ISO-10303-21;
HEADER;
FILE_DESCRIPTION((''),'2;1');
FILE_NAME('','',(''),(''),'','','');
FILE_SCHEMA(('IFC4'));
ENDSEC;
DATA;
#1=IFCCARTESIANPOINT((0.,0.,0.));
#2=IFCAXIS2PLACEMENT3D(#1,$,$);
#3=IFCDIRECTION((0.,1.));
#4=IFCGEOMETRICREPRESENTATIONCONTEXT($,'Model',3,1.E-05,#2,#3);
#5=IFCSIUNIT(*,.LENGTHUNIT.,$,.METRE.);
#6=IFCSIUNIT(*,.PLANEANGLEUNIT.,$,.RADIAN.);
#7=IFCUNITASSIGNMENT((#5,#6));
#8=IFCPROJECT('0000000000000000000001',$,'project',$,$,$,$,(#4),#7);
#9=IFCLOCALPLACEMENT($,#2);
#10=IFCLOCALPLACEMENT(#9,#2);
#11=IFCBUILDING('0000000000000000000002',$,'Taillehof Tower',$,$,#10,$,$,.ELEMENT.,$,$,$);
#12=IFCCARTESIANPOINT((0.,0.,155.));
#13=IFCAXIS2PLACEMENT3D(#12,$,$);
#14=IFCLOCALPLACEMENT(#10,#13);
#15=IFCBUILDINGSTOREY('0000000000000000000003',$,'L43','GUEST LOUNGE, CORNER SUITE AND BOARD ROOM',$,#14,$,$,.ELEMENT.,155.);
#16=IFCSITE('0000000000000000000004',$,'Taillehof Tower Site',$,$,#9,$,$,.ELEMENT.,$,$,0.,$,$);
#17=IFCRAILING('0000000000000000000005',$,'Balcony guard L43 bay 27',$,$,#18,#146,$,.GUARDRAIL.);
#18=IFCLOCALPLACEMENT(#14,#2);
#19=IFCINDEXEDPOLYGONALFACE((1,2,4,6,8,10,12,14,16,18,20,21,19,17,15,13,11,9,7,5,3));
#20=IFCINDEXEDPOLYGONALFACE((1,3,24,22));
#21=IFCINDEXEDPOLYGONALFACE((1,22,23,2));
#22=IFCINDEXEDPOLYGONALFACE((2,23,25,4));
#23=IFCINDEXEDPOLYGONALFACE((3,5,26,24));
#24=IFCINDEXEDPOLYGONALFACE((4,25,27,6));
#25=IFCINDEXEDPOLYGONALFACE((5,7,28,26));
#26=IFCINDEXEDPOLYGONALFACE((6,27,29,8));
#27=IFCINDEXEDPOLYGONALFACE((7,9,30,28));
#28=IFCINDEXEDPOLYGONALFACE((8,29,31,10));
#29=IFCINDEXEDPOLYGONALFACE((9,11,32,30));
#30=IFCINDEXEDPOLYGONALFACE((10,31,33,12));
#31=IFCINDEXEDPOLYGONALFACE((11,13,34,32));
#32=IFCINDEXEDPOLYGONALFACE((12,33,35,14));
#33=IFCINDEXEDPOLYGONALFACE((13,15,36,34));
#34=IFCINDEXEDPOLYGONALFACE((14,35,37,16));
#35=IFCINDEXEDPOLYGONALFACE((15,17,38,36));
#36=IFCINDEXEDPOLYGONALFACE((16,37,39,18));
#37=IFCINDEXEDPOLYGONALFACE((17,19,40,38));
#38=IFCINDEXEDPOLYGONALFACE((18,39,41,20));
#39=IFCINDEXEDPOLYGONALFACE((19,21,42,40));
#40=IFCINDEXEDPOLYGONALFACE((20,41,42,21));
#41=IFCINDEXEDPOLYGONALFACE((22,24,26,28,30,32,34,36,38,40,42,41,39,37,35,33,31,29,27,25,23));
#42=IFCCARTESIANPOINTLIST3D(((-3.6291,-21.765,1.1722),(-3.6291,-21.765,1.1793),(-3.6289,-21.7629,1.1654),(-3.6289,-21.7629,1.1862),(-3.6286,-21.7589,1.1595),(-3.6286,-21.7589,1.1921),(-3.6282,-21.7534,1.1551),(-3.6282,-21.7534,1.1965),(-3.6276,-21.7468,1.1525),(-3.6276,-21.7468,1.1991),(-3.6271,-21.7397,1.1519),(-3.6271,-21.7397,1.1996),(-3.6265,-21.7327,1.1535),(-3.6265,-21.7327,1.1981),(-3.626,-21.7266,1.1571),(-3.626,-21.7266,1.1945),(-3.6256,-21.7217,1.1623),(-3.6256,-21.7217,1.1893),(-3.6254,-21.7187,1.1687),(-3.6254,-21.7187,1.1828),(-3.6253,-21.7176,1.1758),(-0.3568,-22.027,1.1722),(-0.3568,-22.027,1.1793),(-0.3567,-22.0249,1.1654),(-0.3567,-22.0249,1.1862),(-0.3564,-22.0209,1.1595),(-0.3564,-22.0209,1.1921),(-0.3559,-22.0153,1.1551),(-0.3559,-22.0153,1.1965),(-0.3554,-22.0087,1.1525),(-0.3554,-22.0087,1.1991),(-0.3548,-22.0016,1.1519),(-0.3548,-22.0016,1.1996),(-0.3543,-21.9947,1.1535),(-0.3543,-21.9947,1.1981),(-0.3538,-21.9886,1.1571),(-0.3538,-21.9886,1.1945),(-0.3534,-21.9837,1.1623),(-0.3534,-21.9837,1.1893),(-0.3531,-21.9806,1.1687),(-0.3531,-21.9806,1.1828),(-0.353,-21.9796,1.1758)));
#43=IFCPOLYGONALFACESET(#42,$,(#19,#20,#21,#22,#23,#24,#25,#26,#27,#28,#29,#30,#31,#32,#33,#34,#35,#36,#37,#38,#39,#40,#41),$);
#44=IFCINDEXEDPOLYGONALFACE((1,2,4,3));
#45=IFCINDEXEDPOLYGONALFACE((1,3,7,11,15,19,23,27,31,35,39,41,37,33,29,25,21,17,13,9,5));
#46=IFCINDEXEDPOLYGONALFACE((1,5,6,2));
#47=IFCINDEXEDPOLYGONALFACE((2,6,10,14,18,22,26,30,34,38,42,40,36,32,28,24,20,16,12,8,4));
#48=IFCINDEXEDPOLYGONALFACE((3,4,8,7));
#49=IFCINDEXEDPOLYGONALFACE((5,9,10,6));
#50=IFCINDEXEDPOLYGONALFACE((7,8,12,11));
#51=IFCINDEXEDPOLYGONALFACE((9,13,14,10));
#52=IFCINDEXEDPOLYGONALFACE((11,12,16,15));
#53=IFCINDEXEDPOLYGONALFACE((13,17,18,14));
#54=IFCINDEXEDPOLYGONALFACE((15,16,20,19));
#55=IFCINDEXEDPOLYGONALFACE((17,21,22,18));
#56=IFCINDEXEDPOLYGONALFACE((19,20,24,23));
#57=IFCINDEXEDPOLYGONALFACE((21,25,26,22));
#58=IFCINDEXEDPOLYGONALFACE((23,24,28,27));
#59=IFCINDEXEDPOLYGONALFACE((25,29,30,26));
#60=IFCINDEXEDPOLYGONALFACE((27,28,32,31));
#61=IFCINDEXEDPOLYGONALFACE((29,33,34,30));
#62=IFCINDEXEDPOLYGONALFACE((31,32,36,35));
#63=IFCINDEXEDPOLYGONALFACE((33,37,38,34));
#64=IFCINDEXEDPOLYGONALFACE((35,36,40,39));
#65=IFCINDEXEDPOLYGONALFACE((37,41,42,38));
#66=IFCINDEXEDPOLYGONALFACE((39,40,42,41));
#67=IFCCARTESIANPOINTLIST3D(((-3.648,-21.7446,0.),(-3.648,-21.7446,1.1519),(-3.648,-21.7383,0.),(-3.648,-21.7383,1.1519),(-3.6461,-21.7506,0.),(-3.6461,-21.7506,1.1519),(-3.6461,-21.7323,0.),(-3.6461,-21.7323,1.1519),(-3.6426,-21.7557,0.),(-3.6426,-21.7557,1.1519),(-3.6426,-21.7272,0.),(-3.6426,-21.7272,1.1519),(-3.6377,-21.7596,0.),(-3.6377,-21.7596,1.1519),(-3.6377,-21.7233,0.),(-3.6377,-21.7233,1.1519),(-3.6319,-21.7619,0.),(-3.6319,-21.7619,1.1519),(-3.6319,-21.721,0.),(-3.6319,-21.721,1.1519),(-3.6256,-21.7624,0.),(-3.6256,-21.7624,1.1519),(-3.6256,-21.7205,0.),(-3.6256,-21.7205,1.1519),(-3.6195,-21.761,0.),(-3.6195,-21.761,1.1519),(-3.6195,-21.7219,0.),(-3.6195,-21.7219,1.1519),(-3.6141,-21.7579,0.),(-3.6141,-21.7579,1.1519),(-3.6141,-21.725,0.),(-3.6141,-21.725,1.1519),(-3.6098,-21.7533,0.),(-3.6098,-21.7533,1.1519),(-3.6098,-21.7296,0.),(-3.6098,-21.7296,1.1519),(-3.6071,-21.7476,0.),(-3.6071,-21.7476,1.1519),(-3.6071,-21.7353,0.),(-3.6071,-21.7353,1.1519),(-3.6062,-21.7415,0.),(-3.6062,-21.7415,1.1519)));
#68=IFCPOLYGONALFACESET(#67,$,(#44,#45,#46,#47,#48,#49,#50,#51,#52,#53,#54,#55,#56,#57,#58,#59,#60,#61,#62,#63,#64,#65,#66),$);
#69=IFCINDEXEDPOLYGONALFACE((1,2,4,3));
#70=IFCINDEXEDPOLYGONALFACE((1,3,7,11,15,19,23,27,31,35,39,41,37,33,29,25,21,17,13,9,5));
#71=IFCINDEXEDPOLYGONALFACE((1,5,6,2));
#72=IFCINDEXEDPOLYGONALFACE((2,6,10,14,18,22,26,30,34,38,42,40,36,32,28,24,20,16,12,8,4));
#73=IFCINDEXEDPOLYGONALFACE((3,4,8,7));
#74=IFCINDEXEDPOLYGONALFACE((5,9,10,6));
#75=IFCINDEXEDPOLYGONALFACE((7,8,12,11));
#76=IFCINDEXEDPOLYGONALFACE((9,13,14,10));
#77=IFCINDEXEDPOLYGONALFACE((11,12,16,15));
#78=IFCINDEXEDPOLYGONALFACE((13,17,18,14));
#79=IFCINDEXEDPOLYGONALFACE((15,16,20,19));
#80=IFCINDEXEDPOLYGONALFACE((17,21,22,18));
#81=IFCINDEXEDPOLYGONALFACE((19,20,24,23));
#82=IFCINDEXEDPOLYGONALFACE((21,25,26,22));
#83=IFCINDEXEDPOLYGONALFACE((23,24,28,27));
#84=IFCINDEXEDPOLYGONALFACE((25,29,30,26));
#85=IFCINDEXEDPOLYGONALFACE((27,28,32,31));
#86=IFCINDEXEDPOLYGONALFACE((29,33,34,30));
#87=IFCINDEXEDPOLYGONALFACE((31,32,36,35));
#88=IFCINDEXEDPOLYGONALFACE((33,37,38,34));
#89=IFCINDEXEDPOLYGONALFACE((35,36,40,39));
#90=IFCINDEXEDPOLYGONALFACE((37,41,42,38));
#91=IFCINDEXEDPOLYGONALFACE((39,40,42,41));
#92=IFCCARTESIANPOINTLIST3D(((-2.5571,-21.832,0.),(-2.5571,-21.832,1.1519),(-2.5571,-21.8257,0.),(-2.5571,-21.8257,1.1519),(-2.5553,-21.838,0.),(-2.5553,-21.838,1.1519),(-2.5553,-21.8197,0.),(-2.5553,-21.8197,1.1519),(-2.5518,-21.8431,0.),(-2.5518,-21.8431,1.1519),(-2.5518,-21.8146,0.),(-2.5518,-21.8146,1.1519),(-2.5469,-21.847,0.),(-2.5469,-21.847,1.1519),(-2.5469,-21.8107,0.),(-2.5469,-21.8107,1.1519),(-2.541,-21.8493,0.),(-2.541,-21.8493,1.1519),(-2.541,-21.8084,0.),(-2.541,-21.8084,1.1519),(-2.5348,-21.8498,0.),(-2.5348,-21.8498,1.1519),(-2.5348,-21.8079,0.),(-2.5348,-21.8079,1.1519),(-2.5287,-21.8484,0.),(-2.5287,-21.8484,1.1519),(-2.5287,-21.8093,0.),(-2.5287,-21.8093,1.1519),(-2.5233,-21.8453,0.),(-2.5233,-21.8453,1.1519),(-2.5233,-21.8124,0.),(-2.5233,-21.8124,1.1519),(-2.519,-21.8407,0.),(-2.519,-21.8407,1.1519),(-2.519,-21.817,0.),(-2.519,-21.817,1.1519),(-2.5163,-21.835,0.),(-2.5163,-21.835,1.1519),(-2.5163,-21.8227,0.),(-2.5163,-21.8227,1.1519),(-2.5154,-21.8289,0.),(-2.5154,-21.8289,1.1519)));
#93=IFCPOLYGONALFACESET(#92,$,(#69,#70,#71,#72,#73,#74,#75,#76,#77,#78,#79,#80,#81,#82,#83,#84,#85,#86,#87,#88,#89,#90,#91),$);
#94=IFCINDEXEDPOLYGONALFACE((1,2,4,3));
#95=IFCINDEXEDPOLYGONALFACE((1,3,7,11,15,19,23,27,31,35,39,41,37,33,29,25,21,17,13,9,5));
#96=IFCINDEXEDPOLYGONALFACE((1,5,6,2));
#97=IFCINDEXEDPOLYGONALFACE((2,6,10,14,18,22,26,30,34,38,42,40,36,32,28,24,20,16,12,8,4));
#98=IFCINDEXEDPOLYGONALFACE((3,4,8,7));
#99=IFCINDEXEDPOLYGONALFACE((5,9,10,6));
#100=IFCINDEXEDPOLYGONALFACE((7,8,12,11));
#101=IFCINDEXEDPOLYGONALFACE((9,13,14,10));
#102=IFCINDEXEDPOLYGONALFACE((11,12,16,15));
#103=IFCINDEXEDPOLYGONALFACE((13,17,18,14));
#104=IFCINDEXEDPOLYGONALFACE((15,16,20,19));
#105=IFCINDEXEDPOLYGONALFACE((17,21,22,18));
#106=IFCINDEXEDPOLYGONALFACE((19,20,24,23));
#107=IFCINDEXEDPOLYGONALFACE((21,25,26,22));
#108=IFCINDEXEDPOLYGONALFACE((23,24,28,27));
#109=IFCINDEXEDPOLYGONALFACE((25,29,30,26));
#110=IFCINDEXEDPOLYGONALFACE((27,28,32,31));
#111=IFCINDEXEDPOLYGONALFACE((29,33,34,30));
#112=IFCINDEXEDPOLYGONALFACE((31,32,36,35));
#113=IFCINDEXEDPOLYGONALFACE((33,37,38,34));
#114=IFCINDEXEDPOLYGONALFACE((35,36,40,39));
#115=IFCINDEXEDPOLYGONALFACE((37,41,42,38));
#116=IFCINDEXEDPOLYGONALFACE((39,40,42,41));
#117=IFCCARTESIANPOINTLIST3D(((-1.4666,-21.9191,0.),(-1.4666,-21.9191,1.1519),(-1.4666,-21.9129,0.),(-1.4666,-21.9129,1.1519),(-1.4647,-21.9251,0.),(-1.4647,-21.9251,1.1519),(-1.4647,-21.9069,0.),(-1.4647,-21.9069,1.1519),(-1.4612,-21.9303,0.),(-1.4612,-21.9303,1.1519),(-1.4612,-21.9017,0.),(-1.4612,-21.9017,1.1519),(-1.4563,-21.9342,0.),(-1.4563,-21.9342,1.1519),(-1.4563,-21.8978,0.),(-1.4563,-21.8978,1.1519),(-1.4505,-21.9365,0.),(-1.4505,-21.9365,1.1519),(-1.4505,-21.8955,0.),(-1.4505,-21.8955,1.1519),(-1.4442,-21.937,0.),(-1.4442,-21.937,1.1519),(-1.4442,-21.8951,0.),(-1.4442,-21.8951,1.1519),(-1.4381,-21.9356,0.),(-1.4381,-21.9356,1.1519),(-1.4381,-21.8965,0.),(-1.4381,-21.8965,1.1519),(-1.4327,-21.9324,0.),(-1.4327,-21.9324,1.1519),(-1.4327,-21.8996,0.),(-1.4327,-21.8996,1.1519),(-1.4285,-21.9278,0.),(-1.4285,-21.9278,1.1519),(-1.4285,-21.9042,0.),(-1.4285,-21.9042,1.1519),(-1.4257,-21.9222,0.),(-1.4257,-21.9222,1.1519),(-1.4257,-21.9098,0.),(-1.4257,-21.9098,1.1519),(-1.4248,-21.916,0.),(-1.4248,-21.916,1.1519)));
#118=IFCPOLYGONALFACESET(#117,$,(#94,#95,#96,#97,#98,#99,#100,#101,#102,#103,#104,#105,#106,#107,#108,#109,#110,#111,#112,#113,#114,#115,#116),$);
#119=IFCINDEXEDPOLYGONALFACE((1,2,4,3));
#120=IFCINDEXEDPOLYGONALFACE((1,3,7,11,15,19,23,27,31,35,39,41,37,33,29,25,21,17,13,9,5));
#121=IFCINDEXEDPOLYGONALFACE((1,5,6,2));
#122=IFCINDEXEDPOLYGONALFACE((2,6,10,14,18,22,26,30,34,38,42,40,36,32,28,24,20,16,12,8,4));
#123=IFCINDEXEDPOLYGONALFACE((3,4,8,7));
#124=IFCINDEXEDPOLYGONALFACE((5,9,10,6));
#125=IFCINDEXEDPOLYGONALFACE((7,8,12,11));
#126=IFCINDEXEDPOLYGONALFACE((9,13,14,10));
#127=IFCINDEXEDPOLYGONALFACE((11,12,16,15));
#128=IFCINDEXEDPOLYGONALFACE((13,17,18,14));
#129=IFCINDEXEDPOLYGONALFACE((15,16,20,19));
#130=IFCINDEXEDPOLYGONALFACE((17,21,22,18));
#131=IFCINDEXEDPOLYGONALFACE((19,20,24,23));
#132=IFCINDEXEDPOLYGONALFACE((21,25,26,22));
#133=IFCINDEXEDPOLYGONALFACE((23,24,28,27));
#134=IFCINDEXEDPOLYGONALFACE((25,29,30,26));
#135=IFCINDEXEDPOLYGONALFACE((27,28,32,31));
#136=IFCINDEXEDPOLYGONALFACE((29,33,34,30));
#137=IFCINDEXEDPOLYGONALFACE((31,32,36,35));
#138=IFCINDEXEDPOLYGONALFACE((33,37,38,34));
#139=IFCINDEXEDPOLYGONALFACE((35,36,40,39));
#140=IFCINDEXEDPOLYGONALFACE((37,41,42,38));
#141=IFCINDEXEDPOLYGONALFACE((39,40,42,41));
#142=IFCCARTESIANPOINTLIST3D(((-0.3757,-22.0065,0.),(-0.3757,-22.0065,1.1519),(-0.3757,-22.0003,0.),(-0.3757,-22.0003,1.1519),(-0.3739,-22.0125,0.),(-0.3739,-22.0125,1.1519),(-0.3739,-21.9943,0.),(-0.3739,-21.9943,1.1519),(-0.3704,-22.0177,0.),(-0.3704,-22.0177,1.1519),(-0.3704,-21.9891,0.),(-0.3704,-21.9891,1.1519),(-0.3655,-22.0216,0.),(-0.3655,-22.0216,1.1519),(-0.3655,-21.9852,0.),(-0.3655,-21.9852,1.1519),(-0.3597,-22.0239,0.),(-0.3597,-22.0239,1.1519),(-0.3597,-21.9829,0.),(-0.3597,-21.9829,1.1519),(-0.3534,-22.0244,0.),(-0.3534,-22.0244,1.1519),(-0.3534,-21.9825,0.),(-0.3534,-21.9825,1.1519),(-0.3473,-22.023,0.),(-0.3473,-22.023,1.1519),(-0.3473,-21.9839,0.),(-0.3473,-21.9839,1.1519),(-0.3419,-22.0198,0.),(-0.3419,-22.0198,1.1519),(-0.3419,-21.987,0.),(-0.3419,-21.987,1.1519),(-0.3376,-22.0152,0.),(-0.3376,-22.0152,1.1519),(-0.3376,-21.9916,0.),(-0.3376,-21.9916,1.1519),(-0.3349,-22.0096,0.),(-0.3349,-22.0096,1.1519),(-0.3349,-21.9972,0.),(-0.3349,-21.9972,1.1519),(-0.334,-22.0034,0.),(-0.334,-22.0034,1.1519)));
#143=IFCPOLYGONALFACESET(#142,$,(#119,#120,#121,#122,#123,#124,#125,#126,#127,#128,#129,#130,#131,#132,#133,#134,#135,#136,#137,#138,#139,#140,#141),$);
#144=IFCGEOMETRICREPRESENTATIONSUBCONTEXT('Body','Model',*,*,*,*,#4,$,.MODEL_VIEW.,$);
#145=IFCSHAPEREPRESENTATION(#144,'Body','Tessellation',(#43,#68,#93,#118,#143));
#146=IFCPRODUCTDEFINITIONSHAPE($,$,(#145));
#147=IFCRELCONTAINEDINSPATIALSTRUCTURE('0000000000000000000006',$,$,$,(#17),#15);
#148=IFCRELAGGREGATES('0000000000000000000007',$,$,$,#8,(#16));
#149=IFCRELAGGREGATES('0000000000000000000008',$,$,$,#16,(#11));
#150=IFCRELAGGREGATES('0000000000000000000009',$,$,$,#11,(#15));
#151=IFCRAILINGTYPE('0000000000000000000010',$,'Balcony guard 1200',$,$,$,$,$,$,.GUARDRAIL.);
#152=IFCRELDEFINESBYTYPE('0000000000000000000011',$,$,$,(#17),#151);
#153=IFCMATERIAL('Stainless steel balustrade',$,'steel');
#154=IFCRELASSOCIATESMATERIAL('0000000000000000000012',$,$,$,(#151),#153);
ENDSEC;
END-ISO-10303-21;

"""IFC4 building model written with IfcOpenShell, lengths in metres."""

from ifc_helpers import new_model, si_unit, direction, frame, origin, origin_2d, place, context, subcontext, project, spatial, circle, extrude, material, type_object, element, save


model = new_model("IFC4")

# Units and contexts
model_context = context("Model", 3, precision=1e-05, world=origin(), true_north=direction((0.0, 1.0)))
body_context = subcontext(model_context, "Body", "Model", "MODEL_VIEW")
ifc_project = project(units=[si_unit("LENGTHUNIT", "METRE"), si_unit("PLANEANGLEUNIT", "RADIAN")], contexts=[model_context])

# Site, building, storey
site_placement = place(None, origin())
site = spatial("IfcSite", under=ifc_project, at=site_placement, Name="Taillehof Tower Site", CompositionType="ELEMENT", RefElevation=0.0)
building_placement = place(site_placement, origin())
building = spatial("IfcBuilding", under=site, at=building_placement, Name="Taillehof Tower", CompositionType="ELEMENT")
storey_placement = place(building_placement, frame((0.0, 0.0, 155.0)))
storey = spatial("IfcBuildingStorey", under=building, at=storey_placement, Name="L43", Description="GUEST LOUNGE, CORNER SUITE AND BOARD ROOM", CompositionType="ELEMENT", Elevation=155.0)

# Railing
ifc_material_1 = material(Name="Stainless steel balustrade", Category="steel")
railing_type = type_object("IfcRailingType", Name="Balcony guard 1200", PredefinedType="GUARDRAIL", material=ifc_material_1)
railing_placement = place(storey_placement, frame((-3.6272, -21.7415, 0.0)))
element("IfcRailing", 1, at=railing_placement, inside=storey, type_object=railing_type, Name="Balcony guard L43 bay 27", PredefinedType="GUARDRAIL", context=body_context, shape_type="SweptSolid", body=[
    extrude(circle(Radius=0.0239, at=origin_2d()), frame((0.0, 0.0, 1.1758), z_axis=(0.996811, -0.079801, 0.0), x_axis=(0.079801, 0.996811, 0.0)), (0.0, 0.0, 1.0), 3.2827),
    extrude(circle(Radius=0.021, at=origin_2d()), origin(), (0.0, 0.0, 1.0), 1.1519),
    extrude(circle(Radius=0.021, at=origin_2d()), frame((1.0908, -0.0874, 0.0)), (0.0, 0.0, 1.0), 1.1519),
    extrude(circle(Radius=0.021, at=origin_2d()), frame((2.1814, -0.1746, 0.0)), (0.0, 0.0, 1.0), 1.1519),
    extrude(circle(Radius=0.021, at=origin_2d()), frame((3.2722, -0.262, 0.0)), (0.0, 0.0, 1.0), 1.1519),
])

save(model, "model.ifc")
